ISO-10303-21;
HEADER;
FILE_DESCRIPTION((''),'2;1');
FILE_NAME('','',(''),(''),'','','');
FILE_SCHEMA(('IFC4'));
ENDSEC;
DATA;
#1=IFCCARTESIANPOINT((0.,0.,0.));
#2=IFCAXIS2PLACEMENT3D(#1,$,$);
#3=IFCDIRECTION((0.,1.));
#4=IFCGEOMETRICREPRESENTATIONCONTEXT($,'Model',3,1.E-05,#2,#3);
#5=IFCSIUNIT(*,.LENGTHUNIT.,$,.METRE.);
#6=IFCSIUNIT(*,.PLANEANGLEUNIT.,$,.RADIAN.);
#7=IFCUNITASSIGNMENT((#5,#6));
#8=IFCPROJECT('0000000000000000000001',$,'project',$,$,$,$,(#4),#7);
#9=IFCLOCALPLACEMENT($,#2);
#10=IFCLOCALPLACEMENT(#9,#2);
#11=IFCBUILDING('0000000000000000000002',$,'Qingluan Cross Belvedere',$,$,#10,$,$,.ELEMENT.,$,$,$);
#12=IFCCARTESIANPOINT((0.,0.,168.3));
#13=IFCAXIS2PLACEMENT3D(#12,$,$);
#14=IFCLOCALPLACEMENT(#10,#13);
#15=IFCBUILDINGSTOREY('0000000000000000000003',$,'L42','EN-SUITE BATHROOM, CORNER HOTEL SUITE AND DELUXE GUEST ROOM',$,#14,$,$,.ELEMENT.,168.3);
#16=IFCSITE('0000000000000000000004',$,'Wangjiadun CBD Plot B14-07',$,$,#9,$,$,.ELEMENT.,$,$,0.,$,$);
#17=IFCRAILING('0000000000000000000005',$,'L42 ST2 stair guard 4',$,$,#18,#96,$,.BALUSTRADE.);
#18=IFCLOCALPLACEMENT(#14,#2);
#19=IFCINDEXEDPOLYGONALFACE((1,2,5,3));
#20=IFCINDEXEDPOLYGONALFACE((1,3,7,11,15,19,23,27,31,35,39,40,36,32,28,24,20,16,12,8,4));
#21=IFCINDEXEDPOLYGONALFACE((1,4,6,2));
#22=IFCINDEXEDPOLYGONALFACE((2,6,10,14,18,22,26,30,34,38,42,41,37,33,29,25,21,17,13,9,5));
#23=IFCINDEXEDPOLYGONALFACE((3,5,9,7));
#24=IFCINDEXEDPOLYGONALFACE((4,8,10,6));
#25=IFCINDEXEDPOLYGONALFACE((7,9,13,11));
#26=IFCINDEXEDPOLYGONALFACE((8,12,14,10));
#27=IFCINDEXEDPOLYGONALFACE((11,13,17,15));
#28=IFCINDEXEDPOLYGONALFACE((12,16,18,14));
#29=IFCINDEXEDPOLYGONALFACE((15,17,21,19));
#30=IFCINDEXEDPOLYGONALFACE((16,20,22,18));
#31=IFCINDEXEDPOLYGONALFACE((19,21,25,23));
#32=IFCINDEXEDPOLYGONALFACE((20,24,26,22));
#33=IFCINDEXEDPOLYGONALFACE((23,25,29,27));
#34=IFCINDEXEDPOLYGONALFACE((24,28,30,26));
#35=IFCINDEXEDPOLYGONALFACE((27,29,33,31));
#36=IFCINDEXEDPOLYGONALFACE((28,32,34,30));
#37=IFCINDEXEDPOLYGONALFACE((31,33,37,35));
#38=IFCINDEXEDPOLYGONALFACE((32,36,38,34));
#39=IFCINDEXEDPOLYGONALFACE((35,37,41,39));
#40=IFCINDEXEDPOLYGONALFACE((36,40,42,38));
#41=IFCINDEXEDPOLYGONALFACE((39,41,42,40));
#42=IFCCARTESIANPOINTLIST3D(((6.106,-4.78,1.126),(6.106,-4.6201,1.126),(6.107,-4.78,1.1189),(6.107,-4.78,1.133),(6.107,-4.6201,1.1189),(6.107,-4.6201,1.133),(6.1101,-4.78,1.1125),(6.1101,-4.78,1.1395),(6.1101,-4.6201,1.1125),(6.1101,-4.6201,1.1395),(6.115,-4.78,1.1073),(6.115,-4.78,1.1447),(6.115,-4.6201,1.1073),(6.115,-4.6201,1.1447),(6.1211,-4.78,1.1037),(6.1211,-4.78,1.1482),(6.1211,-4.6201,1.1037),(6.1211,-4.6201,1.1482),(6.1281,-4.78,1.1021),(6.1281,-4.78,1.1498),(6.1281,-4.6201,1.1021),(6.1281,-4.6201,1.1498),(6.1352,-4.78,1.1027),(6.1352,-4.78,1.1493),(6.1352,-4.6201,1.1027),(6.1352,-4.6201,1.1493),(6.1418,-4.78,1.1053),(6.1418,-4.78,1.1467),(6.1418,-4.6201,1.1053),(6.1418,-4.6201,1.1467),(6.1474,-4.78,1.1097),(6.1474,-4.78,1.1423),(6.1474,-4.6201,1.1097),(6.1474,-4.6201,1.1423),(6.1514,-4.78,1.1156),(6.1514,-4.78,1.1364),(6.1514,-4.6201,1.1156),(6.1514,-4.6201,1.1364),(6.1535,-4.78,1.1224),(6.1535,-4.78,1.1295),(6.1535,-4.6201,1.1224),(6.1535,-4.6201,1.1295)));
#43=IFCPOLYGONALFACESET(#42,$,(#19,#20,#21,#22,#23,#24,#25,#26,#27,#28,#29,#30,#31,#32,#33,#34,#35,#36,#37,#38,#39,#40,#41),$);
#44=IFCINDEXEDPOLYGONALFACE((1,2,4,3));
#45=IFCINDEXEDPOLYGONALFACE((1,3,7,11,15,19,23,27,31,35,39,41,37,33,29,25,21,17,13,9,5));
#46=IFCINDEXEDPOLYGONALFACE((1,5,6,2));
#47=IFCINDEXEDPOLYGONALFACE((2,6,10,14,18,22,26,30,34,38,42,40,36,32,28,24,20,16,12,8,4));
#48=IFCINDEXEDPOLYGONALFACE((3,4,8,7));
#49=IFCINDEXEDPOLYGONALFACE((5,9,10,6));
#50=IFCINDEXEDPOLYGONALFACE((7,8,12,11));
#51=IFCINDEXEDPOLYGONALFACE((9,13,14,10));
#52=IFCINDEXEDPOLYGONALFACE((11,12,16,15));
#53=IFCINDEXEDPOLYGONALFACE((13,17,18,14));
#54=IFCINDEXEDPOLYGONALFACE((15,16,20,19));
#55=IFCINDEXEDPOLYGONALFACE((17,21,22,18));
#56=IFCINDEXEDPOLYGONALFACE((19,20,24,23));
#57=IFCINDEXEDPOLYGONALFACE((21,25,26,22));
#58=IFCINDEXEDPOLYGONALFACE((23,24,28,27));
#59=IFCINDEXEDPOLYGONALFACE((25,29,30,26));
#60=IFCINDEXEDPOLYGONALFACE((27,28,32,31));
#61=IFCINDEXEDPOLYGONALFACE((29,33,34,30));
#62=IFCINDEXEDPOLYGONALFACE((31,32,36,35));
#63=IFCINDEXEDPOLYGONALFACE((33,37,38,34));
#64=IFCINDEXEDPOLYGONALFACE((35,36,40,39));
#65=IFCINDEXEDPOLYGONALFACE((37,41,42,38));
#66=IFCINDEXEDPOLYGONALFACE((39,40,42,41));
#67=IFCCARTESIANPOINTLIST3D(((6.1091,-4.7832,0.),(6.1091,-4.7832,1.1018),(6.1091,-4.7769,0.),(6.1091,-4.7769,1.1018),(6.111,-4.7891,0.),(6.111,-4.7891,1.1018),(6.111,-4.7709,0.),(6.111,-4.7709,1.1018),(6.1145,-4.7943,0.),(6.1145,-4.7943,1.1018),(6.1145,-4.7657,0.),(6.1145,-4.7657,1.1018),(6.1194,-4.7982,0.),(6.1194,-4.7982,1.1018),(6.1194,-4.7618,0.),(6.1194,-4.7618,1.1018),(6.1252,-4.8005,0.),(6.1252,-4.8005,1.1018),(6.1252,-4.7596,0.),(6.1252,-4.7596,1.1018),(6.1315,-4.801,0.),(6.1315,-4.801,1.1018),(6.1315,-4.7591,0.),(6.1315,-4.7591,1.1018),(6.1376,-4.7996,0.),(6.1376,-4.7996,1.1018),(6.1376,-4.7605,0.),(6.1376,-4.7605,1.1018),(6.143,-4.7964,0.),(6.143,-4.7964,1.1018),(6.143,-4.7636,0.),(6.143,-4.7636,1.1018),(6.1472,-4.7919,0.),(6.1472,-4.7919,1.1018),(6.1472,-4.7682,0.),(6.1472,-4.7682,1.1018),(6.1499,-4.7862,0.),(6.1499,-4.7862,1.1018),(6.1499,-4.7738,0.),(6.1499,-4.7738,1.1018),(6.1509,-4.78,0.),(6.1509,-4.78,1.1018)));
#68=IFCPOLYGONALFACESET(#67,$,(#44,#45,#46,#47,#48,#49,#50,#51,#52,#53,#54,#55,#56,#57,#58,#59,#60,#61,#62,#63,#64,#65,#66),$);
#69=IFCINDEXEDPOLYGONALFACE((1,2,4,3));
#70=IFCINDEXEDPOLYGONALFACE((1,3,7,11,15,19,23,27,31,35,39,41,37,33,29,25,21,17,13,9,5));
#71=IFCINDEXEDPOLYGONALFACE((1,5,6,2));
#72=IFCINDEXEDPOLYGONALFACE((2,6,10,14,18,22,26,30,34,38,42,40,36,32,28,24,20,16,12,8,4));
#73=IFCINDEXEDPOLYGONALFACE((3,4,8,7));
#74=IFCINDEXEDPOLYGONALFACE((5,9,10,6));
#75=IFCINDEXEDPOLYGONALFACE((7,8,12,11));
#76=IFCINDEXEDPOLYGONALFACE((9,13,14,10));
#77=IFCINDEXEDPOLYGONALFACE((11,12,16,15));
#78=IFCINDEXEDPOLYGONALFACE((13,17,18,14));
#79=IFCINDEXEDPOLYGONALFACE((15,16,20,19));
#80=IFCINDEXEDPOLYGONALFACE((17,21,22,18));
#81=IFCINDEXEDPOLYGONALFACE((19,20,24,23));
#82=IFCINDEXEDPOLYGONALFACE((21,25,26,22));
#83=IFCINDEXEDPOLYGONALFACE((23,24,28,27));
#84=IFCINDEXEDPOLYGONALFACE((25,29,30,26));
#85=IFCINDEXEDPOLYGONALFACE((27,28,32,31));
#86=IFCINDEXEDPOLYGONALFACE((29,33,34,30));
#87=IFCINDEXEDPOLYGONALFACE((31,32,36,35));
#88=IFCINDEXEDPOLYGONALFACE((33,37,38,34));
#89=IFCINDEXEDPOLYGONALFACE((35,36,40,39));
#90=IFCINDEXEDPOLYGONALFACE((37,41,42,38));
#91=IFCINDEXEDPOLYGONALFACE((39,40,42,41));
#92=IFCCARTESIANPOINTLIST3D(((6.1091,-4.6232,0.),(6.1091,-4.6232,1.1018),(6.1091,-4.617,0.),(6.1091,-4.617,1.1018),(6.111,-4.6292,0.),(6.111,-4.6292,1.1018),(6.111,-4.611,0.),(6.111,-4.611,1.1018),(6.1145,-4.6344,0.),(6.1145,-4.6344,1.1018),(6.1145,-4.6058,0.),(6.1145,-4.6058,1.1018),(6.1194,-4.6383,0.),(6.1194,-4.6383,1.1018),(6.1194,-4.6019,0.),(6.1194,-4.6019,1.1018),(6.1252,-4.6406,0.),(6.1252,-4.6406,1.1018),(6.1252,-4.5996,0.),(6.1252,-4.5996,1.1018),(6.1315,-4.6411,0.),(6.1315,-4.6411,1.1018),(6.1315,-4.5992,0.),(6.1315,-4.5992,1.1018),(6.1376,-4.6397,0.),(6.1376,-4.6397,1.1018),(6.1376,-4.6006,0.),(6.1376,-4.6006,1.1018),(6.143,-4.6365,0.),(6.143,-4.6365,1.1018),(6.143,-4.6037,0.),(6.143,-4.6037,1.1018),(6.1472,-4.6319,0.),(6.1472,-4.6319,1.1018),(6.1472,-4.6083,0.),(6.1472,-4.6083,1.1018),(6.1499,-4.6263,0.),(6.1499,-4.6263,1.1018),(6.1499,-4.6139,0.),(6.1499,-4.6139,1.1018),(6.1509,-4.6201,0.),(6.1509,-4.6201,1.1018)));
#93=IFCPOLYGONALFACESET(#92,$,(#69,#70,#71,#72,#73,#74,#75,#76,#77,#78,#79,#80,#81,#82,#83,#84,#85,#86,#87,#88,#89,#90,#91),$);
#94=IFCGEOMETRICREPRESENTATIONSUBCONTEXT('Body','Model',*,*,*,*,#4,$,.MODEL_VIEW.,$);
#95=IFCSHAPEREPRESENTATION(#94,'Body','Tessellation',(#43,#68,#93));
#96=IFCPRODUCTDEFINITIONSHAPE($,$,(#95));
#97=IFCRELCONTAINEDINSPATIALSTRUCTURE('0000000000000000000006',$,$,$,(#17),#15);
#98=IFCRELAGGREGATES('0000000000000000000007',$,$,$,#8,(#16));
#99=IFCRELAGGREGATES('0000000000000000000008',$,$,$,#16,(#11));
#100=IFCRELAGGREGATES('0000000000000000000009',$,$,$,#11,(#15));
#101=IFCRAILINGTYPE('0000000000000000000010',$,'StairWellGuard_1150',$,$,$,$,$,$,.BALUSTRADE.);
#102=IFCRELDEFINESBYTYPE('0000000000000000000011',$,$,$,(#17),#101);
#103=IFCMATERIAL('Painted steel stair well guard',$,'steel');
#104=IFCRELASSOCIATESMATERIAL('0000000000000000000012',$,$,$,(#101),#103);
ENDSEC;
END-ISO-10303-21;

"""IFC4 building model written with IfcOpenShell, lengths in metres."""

from ifc_helpers import new_model, si_unit, direction, frame, origin, origin_2d, place, context, subcontext, project, spatial, circle, extrude, material, type_object, element, save


model = new_model("IFC4")

# Units and contexts
model_context = context("Model", 3, precision=1e-05, world=origin(), true_north=direction((0.0, 1.0)))
body_context = subcontext(model_context, "Body", "Model", "MODEL_VIEW")
ifc_project = project(units=[si_unit("LENGTHUNIT", "METRE"), si_unit("PLANEANGLEUNIT", "RADIAN")], contexts=[model_context])

# Site, building, storey
site_placement = place(None, origin())
site = spatial("IfcSite", under=ifc_project, at=site_placement, Name="Wangjiadun CBD Plot B14-07", CompositionType="ELEMENT", RefElevation=0.0)
building_placement = place(site_placement, origin())
building = spatial("IfcBuilding", under=site, at=building_placement, Name="Qingluan Cross Belvedere", CompositionType="ELEMENT")
storey_placement = place(building_placement, frame((0.0, 0.0, 168.3)))
storey = spatial("IfcBuildingStorey", under=building, at=storey_placement, Name="L42", Description="EN-SUITE BATHROOM, CORNER HOTEL SUITE AND DELUXE GUEST ROOM", CompositionType="ELEMENT", Elevation=168.3)

# Railing
ifc_material_1 = material(Name="Painted steel stair well guard", Category="steel")
railing_type_1 = type_object("IfcRailingType", Name="StairWellGuard_1150", PredefinedType="BALUSTRADE", material=ifc_material_1)
railing_1_placement = place(storey_placement, frame((6.1299, -4.78, 0.0)))
element("IfcRailing", 1, at=railing_1_placement, inside=storey, type_object=railing_type_1, Name="L42 ST2 stair guard 4", PredefinedType="BALUSTRADE", context=body_context, shape_type="SweptSolid", body=[
    extrude(circle(Radius=0.0239, at=origin_2d()), frame((0.0, 0.0, 1.126), z_axis=(0.0, 1.0, 0.0), x_axis=(-1.0, 0.0, 0.0)), (0.0, 0.0, 1.0), 0.1599),
    extrude(circle(Radius=0.021, at=origin_2d()), origin(), (0.0, 0.0, 1.0), 1.1018),
    extrude(circle(Radius=0.021, at=origin_2d()), frame((0.0, 0.1599, 0.0)), (0.0, 0.0, 1.0), 1.1018),
])

save(model, "model.ifc")
